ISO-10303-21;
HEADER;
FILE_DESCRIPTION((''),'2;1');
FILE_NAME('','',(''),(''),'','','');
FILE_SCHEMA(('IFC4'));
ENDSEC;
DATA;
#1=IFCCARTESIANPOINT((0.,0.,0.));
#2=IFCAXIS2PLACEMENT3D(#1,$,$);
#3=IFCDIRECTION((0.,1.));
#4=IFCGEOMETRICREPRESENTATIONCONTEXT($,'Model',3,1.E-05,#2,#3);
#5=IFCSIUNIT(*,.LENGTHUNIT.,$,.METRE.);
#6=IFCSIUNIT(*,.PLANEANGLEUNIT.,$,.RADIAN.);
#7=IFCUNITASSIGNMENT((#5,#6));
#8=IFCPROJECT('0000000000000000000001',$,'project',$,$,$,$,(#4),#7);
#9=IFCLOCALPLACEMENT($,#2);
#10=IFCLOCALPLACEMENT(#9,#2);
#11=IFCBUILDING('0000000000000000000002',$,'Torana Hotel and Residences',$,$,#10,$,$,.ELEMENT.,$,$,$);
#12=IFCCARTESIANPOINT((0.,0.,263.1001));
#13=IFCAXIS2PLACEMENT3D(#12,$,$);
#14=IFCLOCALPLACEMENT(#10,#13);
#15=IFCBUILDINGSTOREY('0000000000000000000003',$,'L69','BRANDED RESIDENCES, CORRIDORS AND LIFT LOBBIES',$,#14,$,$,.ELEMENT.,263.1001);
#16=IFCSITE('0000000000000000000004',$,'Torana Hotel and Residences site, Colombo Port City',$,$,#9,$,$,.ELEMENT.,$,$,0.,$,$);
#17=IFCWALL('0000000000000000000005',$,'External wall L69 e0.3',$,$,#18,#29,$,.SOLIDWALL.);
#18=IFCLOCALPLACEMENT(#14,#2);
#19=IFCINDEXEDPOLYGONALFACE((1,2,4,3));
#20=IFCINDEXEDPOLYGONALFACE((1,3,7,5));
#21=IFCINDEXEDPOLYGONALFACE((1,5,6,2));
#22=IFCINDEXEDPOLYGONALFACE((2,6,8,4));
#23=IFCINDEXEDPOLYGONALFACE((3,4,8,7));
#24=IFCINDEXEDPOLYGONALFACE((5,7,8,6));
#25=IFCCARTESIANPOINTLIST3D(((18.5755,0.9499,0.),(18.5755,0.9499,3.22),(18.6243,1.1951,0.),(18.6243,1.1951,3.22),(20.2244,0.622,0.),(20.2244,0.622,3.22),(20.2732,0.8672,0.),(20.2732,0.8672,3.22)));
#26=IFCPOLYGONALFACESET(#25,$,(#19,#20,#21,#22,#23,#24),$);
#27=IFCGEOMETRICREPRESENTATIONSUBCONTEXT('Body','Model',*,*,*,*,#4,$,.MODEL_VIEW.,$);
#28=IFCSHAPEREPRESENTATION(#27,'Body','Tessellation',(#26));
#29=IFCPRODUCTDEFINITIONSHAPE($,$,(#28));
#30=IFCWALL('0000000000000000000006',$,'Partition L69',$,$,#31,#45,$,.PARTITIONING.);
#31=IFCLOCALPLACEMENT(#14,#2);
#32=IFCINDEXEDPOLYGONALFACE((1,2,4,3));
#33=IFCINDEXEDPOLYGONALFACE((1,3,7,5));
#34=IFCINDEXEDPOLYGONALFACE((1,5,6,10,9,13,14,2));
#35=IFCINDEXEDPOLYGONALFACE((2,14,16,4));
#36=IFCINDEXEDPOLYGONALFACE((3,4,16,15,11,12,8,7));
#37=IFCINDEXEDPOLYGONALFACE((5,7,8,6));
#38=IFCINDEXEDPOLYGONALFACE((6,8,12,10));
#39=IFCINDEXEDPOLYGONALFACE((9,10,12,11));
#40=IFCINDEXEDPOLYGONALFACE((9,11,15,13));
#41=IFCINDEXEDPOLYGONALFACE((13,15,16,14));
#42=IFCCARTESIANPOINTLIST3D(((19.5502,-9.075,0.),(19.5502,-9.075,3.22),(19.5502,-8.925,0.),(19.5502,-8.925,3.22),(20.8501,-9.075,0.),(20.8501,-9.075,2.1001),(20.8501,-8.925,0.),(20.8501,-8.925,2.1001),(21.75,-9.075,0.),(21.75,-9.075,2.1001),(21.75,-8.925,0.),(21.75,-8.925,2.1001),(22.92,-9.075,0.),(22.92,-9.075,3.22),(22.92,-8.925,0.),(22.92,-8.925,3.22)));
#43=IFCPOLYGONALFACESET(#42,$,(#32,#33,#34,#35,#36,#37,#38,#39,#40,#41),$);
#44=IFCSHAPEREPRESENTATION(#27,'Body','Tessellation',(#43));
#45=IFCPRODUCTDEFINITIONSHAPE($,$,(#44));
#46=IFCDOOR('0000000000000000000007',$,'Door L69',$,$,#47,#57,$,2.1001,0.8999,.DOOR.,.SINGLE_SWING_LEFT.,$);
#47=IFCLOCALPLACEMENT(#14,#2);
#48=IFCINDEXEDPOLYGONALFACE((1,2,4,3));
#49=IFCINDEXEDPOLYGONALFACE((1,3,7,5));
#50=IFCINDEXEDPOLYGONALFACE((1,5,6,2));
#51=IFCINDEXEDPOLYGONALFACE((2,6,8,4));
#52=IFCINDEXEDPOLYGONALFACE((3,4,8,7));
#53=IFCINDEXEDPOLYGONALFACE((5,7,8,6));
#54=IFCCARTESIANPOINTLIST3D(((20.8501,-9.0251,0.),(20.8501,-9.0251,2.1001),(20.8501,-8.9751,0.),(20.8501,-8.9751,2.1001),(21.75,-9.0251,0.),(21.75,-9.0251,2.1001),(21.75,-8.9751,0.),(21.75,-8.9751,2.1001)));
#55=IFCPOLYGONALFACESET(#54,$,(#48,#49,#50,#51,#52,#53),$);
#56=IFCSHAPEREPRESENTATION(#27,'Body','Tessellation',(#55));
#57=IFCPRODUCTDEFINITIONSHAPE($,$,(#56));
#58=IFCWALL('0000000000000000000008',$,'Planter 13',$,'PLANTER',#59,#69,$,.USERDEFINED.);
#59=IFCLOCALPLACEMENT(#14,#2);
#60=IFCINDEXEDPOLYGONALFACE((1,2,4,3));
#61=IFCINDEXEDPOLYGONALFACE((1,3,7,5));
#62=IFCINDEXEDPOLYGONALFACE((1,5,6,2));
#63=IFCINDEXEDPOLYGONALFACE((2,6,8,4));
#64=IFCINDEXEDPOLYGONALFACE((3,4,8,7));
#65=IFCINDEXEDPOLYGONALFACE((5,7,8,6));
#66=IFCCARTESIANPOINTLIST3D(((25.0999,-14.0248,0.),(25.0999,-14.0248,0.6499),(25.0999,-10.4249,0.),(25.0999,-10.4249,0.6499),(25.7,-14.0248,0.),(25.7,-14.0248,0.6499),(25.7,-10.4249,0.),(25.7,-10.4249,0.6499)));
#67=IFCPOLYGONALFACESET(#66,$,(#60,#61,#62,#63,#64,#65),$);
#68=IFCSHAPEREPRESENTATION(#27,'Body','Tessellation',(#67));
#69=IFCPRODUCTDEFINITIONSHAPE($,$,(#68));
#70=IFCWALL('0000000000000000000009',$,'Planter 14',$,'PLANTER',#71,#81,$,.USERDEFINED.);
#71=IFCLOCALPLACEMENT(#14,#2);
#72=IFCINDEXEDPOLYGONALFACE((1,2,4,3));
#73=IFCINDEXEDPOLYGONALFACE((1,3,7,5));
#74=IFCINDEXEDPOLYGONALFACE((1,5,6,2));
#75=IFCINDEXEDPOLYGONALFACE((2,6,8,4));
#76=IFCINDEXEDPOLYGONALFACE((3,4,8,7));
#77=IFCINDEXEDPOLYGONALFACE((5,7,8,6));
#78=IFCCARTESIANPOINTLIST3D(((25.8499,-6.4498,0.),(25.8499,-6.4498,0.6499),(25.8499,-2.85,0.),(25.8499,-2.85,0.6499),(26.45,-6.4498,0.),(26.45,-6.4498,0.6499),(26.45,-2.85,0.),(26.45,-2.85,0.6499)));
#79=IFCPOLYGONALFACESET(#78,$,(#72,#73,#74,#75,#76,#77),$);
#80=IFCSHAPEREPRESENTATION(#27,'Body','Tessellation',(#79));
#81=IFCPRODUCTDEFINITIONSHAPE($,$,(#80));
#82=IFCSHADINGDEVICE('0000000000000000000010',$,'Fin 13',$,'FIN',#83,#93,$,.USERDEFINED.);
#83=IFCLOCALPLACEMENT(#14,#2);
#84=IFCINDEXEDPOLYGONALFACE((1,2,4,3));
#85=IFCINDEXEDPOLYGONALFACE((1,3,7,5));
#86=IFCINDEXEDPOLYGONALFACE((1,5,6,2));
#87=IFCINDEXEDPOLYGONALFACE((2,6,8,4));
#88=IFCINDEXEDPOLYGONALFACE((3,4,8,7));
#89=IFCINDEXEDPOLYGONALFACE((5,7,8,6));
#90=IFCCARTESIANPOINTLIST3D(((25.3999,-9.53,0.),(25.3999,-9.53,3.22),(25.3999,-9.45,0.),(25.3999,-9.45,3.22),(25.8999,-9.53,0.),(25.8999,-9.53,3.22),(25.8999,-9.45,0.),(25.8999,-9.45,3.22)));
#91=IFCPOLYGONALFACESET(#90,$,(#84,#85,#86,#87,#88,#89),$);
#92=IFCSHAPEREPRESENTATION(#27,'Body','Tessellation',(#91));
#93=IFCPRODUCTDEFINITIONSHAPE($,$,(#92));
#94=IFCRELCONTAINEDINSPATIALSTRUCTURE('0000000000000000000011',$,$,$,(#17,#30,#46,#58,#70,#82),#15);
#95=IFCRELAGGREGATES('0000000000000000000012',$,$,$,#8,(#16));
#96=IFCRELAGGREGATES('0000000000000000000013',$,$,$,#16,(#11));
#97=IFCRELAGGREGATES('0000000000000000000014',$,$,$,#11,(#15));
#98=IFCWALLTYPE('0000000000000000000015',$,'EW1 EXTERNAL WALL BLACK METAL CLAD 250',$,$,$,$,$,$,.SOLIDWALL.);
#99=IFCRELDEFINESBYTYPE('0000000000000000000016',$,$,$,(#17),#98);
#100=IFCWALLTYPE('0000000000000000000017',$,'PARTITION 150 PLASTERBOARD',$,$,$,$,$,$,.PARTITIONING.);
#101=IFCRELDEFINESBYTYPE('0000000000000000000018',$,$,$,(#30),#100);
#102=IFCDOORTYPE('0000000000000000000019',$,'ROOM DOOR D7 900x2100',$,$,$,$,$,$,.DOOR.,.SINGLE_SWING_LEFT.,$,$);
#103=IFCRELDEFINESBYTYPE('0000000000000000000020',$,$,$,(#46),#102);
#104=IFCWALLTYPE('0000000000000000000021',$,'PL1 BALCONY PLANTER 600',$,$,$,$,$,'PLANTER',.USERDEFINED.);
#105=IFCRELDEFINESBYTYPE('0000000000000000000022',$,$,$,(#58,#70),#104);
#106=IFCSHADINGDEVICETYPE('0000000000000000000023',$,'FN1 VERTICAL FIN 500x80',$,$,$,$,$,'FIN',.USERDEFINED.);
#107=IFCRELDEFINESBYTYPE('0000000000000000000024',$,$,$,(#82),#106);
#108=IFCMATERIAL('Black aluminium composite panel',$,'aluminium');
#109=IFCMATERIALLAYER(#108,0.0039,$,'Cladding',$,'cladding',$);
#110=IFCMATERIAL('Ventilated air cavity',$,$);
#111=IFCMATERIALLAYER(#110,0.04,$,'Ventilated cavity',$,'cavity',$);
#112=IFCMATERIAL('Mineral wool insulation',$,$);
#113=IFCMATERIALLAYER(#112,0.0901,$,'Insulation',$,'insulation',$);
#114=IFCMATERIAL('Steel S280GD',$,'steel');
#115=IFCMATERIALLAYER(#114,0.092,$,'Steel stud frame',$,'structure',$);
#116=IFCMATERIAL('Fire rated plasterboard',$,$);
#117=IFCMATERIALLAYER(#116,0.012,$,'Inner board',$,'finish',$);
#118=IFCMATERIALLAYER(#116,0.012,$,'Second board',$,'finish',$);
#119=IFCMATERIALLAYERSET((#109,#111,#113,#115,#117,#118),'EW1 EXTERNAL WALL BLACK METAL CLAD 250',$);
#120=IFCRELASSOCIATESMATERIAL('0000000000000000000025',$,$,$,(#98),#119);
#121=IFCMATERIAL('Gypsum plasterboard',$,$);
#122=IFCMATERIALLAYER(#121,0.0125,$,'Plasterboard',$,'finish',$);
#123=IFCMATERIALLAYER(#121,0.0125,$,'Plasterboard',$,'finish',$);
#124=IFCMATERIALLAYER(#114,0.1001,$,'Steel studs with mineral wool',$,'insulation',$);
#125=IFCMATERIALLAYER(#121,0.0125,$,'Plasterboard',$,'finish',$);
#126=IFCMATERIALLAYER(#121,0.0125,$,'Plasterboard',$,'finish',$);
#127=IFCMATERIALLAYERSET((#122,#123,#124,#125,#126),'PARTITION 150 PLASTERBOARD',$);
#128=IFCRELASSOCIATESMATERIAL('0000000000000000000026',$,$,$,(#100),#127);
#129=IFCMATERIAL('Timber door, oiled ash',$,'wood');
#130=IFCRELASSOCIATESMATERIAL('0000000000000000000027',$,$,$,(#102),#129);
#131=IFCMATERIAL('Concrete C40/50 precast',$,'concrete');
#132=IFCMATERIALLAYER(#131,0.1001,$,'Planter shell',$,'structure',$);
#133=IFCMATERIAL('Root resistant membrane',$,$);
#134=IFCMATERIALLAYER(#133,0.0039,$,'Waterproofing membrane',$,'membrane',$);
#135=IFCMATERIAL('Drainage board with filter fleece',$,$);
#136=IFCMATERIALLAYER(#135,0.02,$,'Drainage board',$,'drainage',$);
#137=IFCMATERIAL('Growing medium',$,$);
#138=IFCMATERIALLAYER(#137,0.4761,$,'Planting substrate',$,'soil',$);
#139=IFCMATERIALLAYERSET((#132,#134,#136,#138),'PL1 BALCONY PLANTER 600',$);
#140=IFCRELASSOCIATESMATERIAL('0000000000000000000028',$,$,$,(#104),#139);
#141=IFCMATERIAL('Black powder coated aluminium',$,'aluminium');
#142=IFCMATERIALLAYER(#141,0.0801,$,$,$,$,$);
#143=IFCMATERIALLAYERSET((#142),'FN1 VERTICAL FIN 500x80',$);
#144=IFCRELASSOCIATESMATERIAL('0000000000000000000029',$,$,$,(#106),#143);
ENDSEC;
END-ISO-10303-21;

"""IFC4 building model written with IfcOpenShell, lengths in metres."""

from ifc_helpers import new_model, si_unit, direction, frame, frame_2d, origin, origin_2d, place, context, subcontext, project, spatial, rectangle, extrude, material, layer, layer_set, type_object, element, fill, save


model = new_model("IFC4")

# Units and contexts
model_context = context("Model", 3, precision=1e-05, world=origin(), true_north=direction((0.0, 1.0)))
body_context = subcontext(model_context, "Body", "Model", "MODEL_VIEW")
ifc_project = project(units=[si_unit("LENGTHUNIT", "METRE"), si_unit("PLANEANGLEUNIT", "RADIAN")], contexts=[model_context])

# Site, building, storey
site_placement = place(None, origin())
site = spatial("IfcSite", under=ifc_project, at=site_placement, Name="Torana Hotel and Residences site, Colombo Port City", CompositionType="ELEMENT", RefElevation=0.0)
building_placement = place(site_placement, origin())
building = spatial("IfcBuilding", under=site, at=building_placement, Name="Torana Hotel and Residences", CompositionType="ELEMENT")
storey_placement = place(building_placement, frame((0.0, 0.0, 263.1001)))
storey = spatial("IfcBuildingStorey", under=building, at=storey_placement, Name="L69", Description="BRANDED RESIDENCES, CORRIDORS AND LIFT LOBBIES", CompositionType="ELEMENT", Elevation=263.1001)

# Wall
ifc_material_1 = material(Name="Black aluminium composite panel", Category="aluminium")
ifc_layer_1 = layer(ifc_material_1, 0.0039, Name="Cladding", Category="cladding")
ifc_material_2 = material(Name="Ventilated air cavity")
ifc_layer_2 = layer(ifc_material_2, 0.04, Name="Ventilated cavity", Category="cavity")
ifc_material_3 = material(Name="Mineral wool insulation")
ifc_layer_3 = layer(ifc_material_3, 0.0901, Name="Insulation", Category="insulation")
ifc_material_4 = material(Name="Steel S280GD", Category="steel")
ifc_layer_4 = layer(ifc_material_4, 0.092, Name="Steel stud frame", Category="structure")
ifc_material_5 = material(Name="Fire rated plasterboard")
ifc_layer_5 = layer(ifc_material_5, 0.012, Name="Inner board", Category="finish")
ifc_layer_6 = layer(ifc_material_5, 0.012, Name="Second board", Category="finish")
ifc_layer_set_1 = layer_set([ifc_layer_1, ifc_layer_2, ifc_layer_3, ifc_layer_4, ifc_layer_5, ifc_layer_6], Name="EW1 EXTERNAL WALL BLACK METAL CLAD 250")
wall_type_1 = type_object("IfcWallType", Name="EW1 EXTERNAL WALL BLACK METAL CLAD 250", PredefinedType="SOLIDWALL", material=ifc_layer_set_1)
wall_1_placement = place(storey_placement, frame((20.2488, 0.7446, 0.0), z_axis=(0.0, 0.0, 1.0), x_axis=(-0.980798, 0.195027, 0.0)))
element("IfcWall", 1, at=wall_1_placement, inside=storey, type_object=wall_type_1, Name="External wall L69 e0.3", PredefinedType="SOLIDWALL", context=body_context, shape_type="SweptSolid", body=[
    extrude(rectangle(XDim=1.6812, YDim=0.25, at=frame_2d((0.8406, 0.0))), origin(), (0.0, 0.0, 1.0), 3.22),
])

# Wall, opening, door
ifc_material_6 = material(Name="Gypsum plasterboard")
ifc_layer_7 = layer(ifc_material_6, 0.0125, Name="Plasterboard", Category="finish")
ifc_layer_8 = layer(ifc_material_6, 0.0125, Name="Plasterboard", Category="finish")
ifc_layer_9 = layer(ifc_material_4, 0.1001, Name="Steel studs with mineral wool", Category="insulation")
ifc_layer_10 = layer(ifc_material_6, 0.0125, Name="Plasterboard", Category="finish")
ifc_layer_11 = layer(ifc_material_6, 0.0125, Name="Plasterboard", Category="finish")
ifc_layer_set_2 = layer_set([ifc_layer_7, ifc_layer_8, ifc_layer_9, ifc_layer_10, ifc_layer_11], Name="PARTITION 150 PLASTERBOARD")
wall_type_2 = type_object("IfcWallType", Name="PARTITION 150 PLASTERBOARD", PredefinedType="PARTITIONING", material=ifc_layer_set_2)
wall_2_placement = place(storey_placement, frame((19.55, -9.0, 0.0), z_axis=(0.0, 0.0, 1.0), x_axis=(1.0, 0.0, 0.0)))
wall_2 = element("IfcWall", 2, at=wall_2_placement, inside=storey, type_object=wall_type_2, Name="Partition L69", PredefinedType="PARTITIONING", context=body_context, shape_type="SweptSolid", body=[
    extrude(rectangle(XDim=3.3699, YDim=0.1499, at=frame_2d((1.6851, 0.0))), origin(), (0.0, 0.0, 1.0), 3.22),
])
opening_placement = place(wall_2_placement, frame((1.3, 0.0, 0.0)))
opening = element("IfcOpeningElement", 3, at=opening_placement, cuts=wall_2, PredefinedType="OPENING", context=body_context, shape_type="SweptSolid", body=[
    extrude(rectangle(XDim=0.8999, YDim=2.1001, at=frame_2d((0.45, 1.05))), frame((0.0, 0.085, 0.0), z_axis=(0.0, -1.0, 0.0), x_axis=(1.0, 0.0, 0.0)), (0.0, 0.0, 1.0), 0.1699),
])
ifc_material_7 = material(Name="Timber door, oiled ash", Category="wood")
door_type = type_object("IfcDoorType", Name="ROOM DOOR D7 900x2100", OperationType="SINGLE_SWING_LEFT", PredefinedType="DOOR", material=ifc_material_7)
door_placement = place(opening_placement, origin())
door = element("IfcDoor", 4, at=door_placement, inside=storey, type_object=door_type, Name="Door L69", OperationType="SINGLE_SWING_LEFT", OverallHeight=2.1001, OverallWidth=0.8999, PredefinedType="DOOR", context=body_context, shape_type="SweptSolid", body=[
    extrude(rectangle(XDim=0.8999, YDim=2.1001, at=frame_2d((0.45, 1.05))), frame((0.0, 0.0249, 0.0), z_axis=(0.0, -1.0, 0.0), x_axis=(1.0, 0.0, 0.0)), (0.0, 0.0, 1.0), 0.05),
])
fill(opening, door)

# Walls
ifc_material_8 = material(Name="Concrete C40/50 precast", Category="concrete")
ifc_layer_12 = layer(ifc_material_8, 0.1001, Name="Planter shell", Category="structure")
ifc_material_9 = material(Name="Root resistant membrane")
ifc_layer_13 = layer(ifc_material_9, 0.0039, Name="Waterproofing membrane", Category="membrane")
ifc_material_10 = material(Name="Drainage board with filter fleece")
ifc_layer_14 = layer(ifc_material_10, 0.02, Name="Drainage board", Category="drainage")
ifc_material_11 = material(Name="Growing medium")
ifc_layer_15 = layer(ifc_material_11, 0.4761, Name="Planting substrate", Category="soil")
ifc_layer_set_3 = layer_set([ifc_layer_12, ifc_layer_13, ifc_layer_14, ifc_layer_15], Name="PL1 BALCONY PLANTER 600")
wall_type_3 = type_object("IfcWallType", Name="PL1 BALCONY PLANTER 600", ElementType="PLANTER", PredefinedType="USERDEFINED", material=ifc_layer_set_3)
for number, where, z_axis, x_axis, name in (
    (5, (25.3999, -10.425, 0.0), (0.0, 0.0, 1.0), (0.0, -1.0, 0.0), "Planter 13"),
    (6, (26.1499, -2.8501, 0.0), (0.0, 0.0, 1.0), (0.0, -1.0, 0.0), "Planter 14"),
):
    element("IfcWall", number, at=place(storey_placement, frame(where, z_axis=z_axis, x_axis=x_axis)), inside=storey, type_object=wall_type_3, Name=name, ObjectType="PLANTER", PredefinedType="USERDEFINED", context=body_context, shape_type="SweptSolid", body=[
        extrude(rectangle(XDim=3.5999, YDim=0.6001, at=frame_2d((1.7998, 0.0))), origin(), (0.0, 0.0, 1.0), 0.6499),
    ])

# Shading device
ifc_material_12 = material(Name="Black powder coated aluminium", Category="aluminium")
ifc_layer_16 = layer(ifc_material_12, 0.0801)
ifc_layer_set_4 = layer_set([ifc_layer_16], Name="FN1 VERTICAL FIN 500x80")
shading_device_type = type_object("IfcShadingDeviceType", Name="FN1 VERTICAL FIN 500x80", ElementType="FIN", PredefinedType="USERDEFINED", material=ifc_layer_set_4)
shading_device_placement = place(storey_placement, frame((25.6499, -9.49, 0.0), z_axis=(0.0, 0.0, 1.0), x_axis=(0.0, -1.0, 0.0)))
element("IfcShadingDevice", 7, at=shading_device_placement, inside=storey, type_object=shading_device_type, Name="Fin 13", ObjectType="FIN", PredefinedType="USERDEFINED", context=body_context, shape_type="SweptSolid", body=[
    extrude(rectangle(XDim=0.0801, YDim=0.5, at=origin_2d()), origin(), (0.0, 0.0, 1.0), 3.22),
])

save(model, "model.ifc")
